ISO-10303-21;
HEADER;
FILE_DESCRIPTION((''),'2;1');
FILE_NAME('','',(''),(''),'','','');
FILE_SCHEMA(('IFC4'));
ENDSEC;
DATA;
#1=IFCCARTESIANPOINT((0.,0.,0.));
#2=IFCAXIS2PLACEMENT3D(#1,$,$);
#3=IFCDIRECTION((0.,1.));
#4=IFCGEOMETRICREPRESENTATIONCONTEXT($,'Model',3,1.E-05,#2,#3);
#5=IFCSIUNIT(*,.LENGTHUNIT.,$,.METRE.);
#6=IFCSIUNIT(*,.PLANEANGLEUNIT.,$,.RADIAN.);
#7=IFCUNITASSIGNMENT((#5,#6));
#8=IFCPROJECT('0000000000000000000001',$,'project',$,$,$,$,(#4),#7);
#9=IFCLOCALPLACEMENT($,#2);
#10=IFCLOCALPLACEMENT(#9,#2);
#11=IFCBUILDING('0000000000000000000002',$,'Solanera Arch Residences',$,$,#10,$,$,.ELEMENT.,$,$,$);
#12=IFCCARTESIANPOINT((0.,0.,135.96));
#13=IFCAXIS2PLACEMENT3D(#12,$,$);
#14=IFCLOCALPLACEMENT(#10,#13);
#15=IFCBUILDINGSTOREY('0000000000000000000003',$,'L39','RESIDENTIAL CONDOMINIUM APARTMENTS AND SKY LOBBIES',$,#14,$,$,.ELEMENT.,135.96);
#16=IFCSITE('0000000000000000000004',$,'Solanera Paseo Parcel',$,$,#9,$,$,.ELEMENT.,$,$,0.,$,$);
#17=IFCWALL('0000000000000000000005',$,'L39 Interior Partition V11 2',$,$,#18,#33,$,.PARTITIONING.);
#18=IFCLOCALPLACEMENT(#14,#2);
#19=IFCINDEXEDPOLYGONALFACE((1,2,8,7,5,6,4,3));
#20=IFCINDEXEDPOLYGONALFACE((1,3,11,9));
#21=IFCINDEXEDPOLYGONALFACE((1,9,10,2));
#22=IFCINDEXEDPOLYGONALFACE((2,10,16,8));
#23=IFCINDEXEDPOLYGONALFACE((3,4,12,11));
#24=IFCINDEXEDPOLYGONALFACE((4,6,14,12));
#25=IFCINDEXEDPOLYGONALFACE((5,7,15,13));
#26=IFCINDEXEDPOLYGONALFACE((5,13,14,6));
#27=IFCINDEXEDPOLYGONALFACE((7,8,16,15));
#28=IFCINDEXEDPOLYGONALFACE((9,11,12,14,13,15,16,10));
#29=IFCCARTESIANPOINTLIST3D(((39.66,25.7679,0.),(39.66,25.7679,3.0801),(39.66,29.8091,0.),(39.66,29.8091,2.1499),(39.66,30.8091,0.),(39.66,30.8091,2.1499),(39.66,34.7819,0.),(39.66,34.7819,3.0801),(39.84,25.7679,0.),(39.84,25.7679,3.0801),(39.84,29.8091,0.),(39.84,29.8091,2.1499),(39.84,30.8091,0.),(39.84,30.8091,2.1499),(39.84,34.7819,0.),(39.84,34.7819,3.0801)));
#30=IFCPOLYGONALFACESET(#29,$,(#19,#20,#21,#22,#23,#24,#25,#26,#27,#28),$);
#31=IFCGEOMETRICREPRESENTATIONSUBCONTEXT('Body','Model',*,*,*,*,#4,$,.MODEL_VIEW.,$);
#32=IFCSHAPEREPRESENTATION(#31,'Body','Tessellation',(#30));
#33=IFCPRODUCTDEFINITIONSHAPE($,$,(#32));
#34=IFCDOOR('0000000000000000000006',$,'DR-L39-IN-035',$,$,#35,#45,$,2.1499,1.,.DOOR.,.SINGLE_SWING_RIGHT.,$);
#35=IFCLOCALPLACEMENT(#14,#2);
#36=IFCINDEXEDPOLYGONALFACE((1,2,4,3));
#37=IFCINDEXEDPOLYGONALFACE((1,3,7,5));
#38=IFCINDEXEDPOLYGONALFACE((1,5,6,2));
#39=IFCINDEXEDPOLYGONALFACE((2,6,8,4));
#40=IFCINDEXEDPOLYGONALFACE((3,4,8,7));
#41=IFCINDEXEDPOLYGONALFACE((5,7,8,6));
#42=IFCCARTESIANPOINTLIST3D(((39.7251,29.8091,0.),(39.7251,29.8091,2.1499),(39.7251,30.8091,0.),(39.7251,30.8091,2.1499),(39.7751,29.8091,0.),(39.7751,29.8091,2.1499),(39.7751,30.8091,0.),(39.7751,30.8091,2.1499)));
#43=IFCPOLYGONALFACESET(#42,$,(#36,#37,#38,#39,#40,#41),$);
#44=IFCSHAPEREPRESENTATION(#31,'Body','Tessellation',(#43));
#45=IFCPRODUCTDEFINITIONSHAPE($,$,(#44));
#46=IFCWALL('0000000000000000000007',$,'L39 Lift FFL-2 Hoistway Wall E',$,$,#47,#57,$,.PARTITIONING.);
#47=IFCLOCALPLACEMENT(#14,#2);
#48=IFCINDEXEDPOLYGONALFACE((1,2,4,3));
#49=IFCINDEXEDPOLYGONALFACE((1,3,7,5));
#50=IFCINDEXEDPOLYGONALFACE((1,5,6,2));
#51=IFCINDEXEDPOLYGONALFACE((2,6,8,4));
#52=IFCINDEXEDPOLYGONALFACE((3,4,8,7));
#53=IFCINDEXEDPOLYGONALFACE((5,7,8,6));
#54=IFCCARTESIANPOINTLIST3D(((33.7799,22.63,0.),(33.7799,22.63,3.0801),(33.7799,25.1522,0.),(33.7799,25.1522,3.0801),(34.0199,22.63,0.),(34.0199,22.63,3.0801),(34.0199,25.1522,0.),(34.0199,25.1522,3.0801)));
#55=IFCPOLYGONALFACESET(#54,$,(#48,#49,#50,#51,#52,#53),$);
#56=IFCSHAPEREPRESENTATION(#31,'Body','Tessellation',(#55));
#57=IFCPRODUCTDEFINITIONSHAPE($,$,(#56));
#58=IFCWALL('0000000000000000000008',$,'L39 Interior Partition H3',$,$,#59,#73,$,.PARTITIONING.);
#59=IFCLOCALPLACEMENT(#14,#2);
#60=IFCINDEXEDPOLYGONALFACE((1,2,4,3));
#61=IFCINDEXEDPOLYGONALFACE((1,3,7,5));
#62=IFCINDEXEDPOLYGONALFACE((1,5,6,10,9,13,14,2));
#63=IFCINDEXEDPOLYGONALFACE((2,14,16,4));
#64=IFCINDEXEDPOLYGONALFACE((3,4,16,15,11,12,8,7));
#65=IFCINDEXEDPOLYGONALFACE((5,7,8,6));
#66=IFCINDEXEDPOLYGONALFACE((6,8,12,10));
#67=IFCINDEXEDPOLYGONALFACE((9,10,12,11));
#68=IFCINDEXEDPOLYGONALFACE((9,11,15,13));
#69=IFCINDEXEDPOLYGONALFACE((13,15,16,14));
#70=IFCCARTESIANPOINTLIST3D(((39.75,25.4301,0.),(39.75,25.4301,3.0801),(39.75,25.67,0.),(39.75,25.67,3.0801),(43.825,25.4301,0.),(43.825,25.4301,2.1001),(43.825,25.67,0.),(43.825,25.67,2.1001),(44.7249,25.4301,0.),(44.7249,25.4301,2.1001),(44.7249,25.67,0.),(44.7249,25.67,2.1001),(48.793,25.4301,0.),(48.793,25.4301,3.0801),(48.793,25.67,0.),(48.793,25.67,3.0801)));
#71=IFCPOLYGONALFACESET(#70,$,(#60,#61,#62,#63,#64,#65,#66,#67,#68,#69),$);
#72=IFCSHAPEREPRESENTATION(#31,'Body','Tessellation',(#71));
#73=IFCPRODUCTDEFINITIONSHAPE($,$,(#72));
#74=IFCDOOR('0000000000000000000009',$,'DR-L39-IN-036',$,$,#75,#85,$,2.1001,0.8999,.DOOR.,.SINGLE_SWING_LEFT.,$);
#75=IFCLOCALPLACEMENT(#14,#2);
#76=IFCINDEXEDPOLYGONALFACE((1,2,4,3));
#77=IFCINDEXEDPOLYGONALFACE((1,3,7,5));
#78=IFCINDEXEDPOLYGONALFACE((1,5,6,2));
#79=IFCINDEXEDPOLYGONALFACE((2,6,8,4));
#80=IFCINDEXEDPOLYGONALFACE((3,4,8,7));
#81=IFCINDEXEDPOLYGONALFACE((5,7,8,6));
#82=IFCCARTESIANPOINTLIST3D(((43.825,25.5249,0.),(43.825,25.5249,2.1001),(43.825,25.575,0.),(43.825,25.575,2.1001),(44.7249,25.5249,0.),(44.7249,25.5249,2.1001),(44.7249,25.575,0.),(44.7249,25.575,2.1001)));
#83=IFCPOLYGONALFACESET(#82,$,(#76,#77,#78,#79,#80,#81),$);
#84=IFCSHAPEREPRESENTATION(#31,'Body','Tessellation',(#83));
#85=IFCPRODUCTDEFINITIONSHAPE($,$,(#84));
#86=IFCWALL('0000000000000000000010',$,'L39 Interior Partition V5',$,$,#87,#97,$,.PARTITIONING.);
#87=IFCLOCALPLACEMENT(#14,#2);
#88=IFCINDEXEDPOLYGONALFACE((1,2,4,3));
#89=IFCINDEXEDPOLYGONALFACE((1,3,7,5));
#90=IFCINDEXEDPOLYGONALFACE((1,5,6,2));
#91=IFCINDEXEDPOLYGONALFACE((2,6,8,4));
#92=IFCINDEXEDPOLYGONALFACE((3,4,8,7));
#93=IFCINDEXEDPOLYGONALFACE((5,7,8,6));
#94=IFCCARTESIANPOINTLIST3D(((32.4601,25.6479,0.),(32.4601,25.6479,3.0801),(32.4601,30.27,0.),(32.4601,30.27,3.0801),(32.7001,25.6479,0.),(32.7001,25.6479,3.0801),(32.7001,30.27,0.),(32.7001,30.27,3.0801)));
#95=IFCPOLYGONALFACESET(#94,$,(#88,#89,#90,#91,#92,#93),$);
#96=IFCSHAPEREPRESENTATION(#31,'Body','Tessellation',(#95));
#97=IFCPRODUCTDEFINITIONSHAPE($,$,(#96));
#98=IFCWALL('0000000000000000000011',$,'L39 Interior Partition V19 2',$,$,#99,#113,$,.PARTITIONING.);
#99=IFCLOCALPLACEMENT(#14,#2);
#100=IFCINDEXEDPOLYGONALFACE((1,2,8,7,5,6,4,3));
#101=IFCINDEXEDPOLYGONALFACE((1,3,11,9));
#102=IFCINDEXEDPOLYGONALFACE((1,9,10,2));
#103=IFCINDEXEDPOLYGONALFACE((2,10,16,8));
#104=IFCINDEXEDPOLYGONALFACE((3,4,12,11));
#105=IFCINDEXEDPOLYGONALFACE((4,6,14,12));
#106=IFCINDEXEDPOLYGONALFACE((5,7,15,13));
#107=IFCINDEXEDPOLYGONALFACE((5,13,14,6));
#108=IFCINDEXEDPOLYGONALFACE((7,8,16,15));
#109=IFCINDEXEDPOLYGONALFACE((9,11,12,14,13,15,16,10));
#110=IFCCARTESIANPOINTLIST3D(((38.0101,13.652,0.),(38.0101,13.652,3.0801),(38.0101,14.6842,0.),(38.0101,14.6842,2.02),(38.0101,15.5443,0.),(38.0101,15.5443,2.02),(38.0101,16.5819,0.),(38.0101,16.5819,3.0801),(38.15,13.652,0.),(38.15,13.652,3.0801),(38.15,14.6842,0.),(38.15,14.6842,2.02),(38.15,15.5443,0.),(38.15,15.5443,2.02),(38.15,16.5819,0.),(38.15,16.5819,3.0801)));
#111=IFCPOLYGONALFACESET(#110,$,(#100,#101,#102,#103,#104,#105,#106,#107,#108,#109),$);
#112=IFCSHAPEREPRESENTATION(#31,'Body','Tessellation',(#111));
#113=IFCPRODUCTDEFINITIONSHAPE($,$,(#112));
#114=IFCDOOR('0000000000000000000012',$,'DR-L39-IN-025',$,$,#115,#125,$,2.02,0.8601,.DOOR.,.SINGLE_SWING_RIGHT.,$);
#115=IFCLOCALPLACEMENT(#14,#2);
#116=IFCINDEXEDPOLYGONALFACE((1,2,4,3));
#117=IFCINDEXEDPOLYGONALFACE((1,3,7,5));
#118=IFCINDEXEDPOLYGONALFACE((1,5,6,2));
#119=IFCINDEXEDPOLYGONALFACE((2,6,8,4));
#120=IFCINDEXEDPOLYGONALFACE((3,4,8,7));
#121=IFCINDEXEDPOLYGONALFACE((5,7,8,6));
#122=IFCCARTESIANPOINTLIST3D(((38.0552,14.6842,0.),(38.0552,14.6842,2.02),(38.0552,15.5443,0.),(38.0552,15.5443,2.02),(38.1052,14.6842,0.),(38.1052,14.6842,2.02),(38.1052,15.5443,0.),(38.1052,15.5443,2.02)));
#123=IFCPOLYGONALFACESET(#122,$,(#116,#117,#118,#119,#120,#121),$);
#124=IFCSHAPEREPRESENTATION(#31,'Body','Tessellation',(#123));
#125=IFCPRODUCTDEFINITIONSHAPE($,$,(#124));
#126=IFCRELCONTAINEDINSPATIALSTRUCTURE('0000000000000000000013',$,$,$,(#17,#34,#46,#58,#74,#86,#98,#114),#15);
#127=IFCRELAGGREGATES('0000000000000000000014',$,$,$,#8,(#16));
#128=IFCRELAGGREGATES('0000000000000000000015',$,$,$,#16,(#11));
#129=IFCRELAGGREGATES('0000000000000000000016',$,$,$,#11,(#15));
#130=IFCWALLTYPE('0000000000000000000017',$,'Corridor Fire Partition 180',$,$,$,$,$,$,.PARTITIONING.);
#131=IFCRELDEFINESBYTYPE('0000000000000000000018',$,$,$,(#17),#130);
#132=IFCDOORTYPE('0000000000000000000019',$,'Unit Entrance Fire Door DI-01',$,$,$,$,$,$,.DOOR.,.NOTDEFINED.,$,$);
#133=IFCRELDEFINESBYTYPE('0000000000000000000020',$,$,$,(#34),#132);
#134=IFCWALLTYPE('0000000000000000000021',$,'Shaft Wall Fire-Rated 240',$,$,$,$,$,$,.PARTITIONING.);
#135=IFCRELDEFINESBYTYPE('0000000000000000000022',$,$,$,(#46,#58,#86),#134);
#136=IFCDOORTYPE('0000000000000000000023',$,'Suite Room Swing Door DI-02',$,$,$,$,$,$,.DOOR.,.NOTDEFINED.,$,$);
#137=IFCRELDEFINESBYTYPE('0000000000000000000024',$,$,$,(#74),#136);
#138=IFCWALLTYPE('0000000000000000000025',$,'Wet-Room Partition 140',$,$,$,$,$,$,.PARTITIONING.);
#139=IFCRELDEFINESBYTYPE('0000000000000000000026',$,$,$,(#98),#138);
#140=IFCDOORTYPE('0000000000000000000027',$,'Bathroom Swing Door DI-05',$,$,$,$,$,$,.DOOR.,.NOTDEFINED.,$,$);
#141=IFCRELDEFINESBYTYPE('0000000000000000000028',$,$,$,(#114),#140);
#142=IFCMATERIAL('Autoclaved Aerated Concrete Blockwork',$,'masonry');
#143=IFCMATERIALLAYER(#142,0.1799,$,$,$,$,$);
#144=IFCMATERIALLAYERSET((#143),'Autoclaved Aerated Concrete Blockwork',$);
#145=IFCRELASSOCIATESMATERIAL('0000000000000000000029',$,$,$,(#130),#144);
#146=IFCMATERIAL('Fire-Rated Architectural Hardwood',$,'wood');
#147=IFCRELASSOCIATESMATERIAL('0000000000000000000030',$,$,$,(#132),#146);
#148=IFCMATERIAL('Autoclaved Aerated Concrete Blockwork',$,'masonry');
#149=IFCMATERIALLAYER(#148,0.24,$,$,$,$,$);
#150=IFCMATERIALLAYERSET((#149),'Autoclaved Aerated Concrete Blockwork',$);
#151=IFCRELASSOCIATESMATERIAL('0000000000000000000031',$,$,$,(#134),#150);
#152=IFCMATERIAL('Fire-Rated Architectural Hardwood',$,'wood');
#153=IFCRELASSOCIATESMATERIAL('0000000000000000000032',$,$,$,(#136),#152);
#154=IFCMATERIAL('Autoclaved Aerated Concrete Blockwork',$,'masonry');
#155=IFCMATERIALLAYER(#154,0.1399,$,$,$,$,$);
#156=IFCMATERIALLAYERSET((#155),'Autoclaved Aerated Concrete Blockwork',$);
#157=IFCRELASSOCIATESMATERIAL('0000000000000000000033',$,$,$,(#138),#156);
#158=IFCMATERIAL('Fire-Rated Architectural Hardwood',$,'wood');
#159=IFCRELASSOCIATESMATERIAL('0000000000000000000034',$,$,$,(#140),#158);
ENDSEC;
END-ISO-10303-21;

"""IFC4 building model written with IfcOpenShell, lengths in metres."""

from ifc_helpers import new_model, si_unit, direction, frame, frame_2d, origin, place, context, subcontext, project, spatial, rectangle, extrude, material, layer, layer_set, type_object, element, fill, save


model = new_model("IFC4")

# Units and contexts
model_context = context("Model", 3, precision=1e-05, world=origin(), true_north=direction((0.0, 1.0)))
body_context = subcontext(model_context, "Body", "Model", "MODEL_VIEW")
ifc_project = project(units=[si_unit("LENGTHUNIT", "METRE"), si_unit("PLANEANGLEUNIT", "RADIAN")], contexts=[model_context])

# Site, building, storey
site_placement = place(None, origin())
site = spatial("IfcSite", under=ifc_project, at=site_placement, Name="Solanera Paseo Parcel", CompositionType="ELEMENT", RefElevation=0.0)
building_placement = place(site_placement, origin())
building = spatial("IfcBuilding", under=site, at=building_placement, Name="Solanera Arch Residences", CompositionType="ELEMENT")
storey_placement = place(building_placement, frame((0.0, 0.0, 135.96)))
storey = spatial("IfcBuildingStorey", under=building, at=storey_placement, Name="L39", Description="RESIDENTIAL CONDOMINIUM APARTMENTS AND SKY LOBBIES", CompositionType="ELEMENT", Elevation=135.96)

# Shared definitions
ifc_material_1 = material(Name="Autoclaved Aerated Concrete Blockwork", Category="masonry")
ifc_layer_1 = layer(ifc_material_1, 0.1799)
ifc_layer_set_1 = layer_set([ifc_layer_1], Name="Autoclaved Aerated Concrete Blockwork")
wall_type_1 = type_object("IfcWallType", Name="Corridor Fire Partition 180", PredefinedType="PARTITIONING", material=ifc_layer_set_1)

# Wall, opening, door
wall_1_placement = place(storey_placement, frame((39.75, 25.7681, 0.0), z_axis=(0.0, 0.0, 1.0), x_axis=(0.0, 1.0, 0.0)))
wall_1 = element("IfcWall", 1, at=wall_1_placement, inside=storey, type_object=wall_type_1, Name="L39 Interior Partition V11 2", PredefinedType="PARTITIONING", context=body_context, shape_type="SweptSolid", body=[
    extrude(rectangle(XDim=9.0139, YDim=0.1799, at=frame_2d((4.5068, 0.0))), origin(), (0.0, 0.0, 1.0), 3.0801),
])
opening_1_placement = place(wall_1_placement, frame((4.041, 0.0, 0.0)))
opening_1 = element("IfcOpeningElement", 2, at=opening_1_placement, cuts=wall_1, PredefinedType="OPENING", context=body_context, shape_type="SweptSolid", body=[
    extrude(rectangle(XDim=1.0, YDim=2.1499, at=frame_2d((0.5, 1.075))), frame((0.0, 0.1001, 0.0), z_axis=(0.0, -1.0, 0.0), x_axis=(1.0, 0.0, 0.0)), (0.0, 0.0, 1.0), 0.1999),
])
ifc_material_2 = material(Name="Fire-Rated Architectural Hardwood", Category="wood")
door_type_1 = type_object("IfcDoorType", Name="Unit Entrance Fire Door DI-01", OperationType="NOTDEFINED", PredefinedType="DOOR", material=ifc_material_2)
door_1_placement = place(opening_1_placement, origin())
door_1 = element("IfcDoor", 3, at=door_1_placement, inside=storey, type_object=door_type_1, Name="DR-L39-IN-035", OperationType="SINGLE_SWING_RIGHT", OverallHeight=2.1499, OverallWidth=1.0, PredefinedType="DOOR", context=body_context, shape_type="SweptSolid", body=[
    extrude(rectangle(XDim=1.0, YDim=2.1499, at=frame_2d((0.5, 1.075))), frame((0.0, 0.0249, 0.0), z_axis=(0.0, -1.0, 0.0), x_axis=(1.0, 0.0, 0.0)), (0.0, 0.0, 1.0), 0.05),
])
fill(opening_1, door_1)

# Wall
ifc_material_3 = material(Name="Autoclaved Aerated Concrete Blockwork", Category="masonry")
ifc_layer_2 = layer(ifc_material_3, 0.24)
ifc_layer_set_2 = layer_set([ifc_layer_2], Name="Autoclaved Aerated Concrete Blockwork")
wall_type_2 = type_object("IfcWallType", Name="Shaft Wall Fire-Rated 240", PredefinedType="PARTITIONING", material=ifc_layer_set_2)
wall_2_placement = place(storey_placement, frame((33.8999, 22.6299, 0.0), z_axis=(0.0, 0.0, 1.0), x_axis=(0.0, 1.0, 0.0)))
element("IfcWall", 4, at=wall_2_placement, inside=storey, type_object=wall_type_2, Name="L39 Lift FFL-2 Hoistway Wall E", PredefinedType="PARTITIONING", context=body_context, shape_type="SweptSolid", body=[
    extrude(rectangle(XDim=2.5222, YDim=0.24, at=frame_2d((1.2612, 0.0))), origin(), (0.0, 0.0, 1.0), 3.0801),
])

# Wall, opening, door
wall_3_placement = place(storey_placement, frame((39.75, 25.55, 0.0), z_axis=(0.0, 0.0, 1.0), x_axis=(1.0, 0.0, 0.0)))
wall_3 = element("IfcWall", 5, at=wall_3_placement, inside=storey, type_object=wall_type_2, Name="L39 Interior Partition H3", PredefinedType="PARTITIONING", context=body_context, shape_type="SweptSolid", body=[
    extrude(rectangle(XDim=9.043, YDim=0.24, at=frame_2d((4.5215, 0.0))), origin(), (0.0, 0.0, 1.0), 3.0801),
])
opening_2_placement = place(wall_3_placement, frame((4.075, 0.0, 0.0)))
opening_2 = element("IfcOpeningElement", 6, at=opening_2_placement, cuts=wall_3, PredefinedType="OPENING", context=body_context, shape_type="SweptSolid", body=[
    extrude(rectangle(XDim=0.8999, YDim=2.1001, at=frame_2d((0.45, 1.05))), frame((0.0, 0.1299, 0.0), z_axis=(0.0, -1.0, 0.0), x_axis=(1.0, 0.0, 0.0)), (0.0, 0.0, 1.0), 0.26),
])
ifc_material_4 = material(Name="Fire-Rated Architectural Hardwood", Category="wood")
door_type_2 = type_object("IfcDoorType", Name="Suite Room Swing Door DI-02", OperationType="NOTDEFINED", PredefinedType="DOOR", material=ifc_material_4)
door_2_placement = place(opening_2_placement, origin())
door_2 = element("IfcDoor", 7, at=door_2_placement, inside=storey, type_object=door_type_2, Name="DR-L39-IN-036", OperationType="SINGLE_SWING_LEFT", OverallHeight=2.1001, OverallWidth=0.8999, PredefinedType="DOOR", context=body_context, shape_type="SweptSolid", body=[
    extrude(rectangle(XDim=0.8999, YDim=2.1001, at=frame_2d((0.45, 1.05))), frame((0.0, 0.0249, 0.0), z_axis=(0.0, -1.0, 0.0), x_axis=(1.0, 0.0, 0.0)), (0.0, 0.0, 1.0), 0.05),
])
fill(opening_2, door_2)

# Wall
wall_4_placement = place(storey_placement, frame((32.5801, 25.6479, 0.0), z_axis=(0.0, 0.0, 1.0), x_axis=(0.0, 1.0, 0.0)))
element("IfcWall", 8, at=wall_4_placement, inside=storey, type_object=wall_type_2, Name="L39 Interior Partition V5", PredefinedType="PARTITIONING", context=body_context, shape_type="SweptSolid", body=[
    extrude(rectangle(XDim=4.6221, YDim=0.24, at=frame_2d((2.311, 0.0))), origin(), (0.0, 0.0, 1.0), 3.0801),
])

# Wall, opening, door
ifc_material_5 = material(Name="Autoclaved Aerated Concrete Blockwork", Category="masonry")
ifc_layer_3 = layer(ifc_material_5, 0.1399)
ifc_layer_set_3 = layer_set([ifc_layer_3], Name="Autoclaved Aerated Concrete Blockwork")
wall_type_3 = type_object("IfcWallType", Name="Wet-Room Partition 140", PredefinedType="PARTITIONING", material=ifc_layer_set_3)
wall_5_placement = place(storey_placement, frame((38.0801, 13.6521, 0.0), z_axis=(0.0, 0.0, 1.0), x_axis=(0.0, 1.0, 0.0)))
wall_5 = element("IfcWall", 9, at=wall_5_placement, inside=storey, type_object=wall_type_3, Name="L39 Interior Partition V19 2", PredefinedType="PARTITIONING", context=body_context, shape_type="SweptSolid", body=[
    extrude(rectangle(XDim=2.9299, YDim=0.1399, at=frame_2d((1.4648, 0.0))), origin(), (0.0, 0.0, 1.0), 3.0801),
])
opening_3_placement = place(wall_5_placement, frame((1.032, 0.0, 0.0)))
opening_3 = element("IfcOpeningElement", 10, at=opening_3_placement, cuts=wall_5, PredefinedType="OPENING", context=body_context, shape_type="SweptSolid", body=[
    extrude(rectangle(XDim=0.8601, YDim=2.02, at=frame_2d((0.4302, 1.01))), frame((0.0, 0.0798, 0.0), z_axis=(0.0, -1.0, 0.0), x_axis=(1.0, 0.0, 0.0)), (0.0, 0.0, 1.0), 0.1599),
])
ifc_material_6 = material(Name="Fire-Rated Architectural Hardwood", Category="wood")
door_type_3 = type_object("IfcDoorType", Name="Bathroom Swing Door DI-05", OperationType="NOTDEFINED", PredefinedType="DOOR", material=ifc_material_6)
door_3_placement = place(opening_3_placement, origin())
door_3 = element("IfcDoor", 11, at=door_3_placement, inside=storey, type_object=door_type_3, Name="DR-L39-IN-025", OperationType="SINGLE_SWING_RIGHT", OverallHeight=2.02, OverallWidth=0.8601, PredefinedType="DOOR", context=body_context, shape_type="SweptSolid", body=[
    extrude(rectangle(XDim=0.8601, YDim=2.02, at=frame_2d((0.4302, 1.01))), frame((0.0, 0.0249, 0.0), z_axis=(0.0, -1.0, 0.0), x_axis=(1.0, 0.0, 0.0)), (0.0, 0.0, 1.0), 0.05),
])
fill(opening_3, door_3)

save(model, "model.ifc")
